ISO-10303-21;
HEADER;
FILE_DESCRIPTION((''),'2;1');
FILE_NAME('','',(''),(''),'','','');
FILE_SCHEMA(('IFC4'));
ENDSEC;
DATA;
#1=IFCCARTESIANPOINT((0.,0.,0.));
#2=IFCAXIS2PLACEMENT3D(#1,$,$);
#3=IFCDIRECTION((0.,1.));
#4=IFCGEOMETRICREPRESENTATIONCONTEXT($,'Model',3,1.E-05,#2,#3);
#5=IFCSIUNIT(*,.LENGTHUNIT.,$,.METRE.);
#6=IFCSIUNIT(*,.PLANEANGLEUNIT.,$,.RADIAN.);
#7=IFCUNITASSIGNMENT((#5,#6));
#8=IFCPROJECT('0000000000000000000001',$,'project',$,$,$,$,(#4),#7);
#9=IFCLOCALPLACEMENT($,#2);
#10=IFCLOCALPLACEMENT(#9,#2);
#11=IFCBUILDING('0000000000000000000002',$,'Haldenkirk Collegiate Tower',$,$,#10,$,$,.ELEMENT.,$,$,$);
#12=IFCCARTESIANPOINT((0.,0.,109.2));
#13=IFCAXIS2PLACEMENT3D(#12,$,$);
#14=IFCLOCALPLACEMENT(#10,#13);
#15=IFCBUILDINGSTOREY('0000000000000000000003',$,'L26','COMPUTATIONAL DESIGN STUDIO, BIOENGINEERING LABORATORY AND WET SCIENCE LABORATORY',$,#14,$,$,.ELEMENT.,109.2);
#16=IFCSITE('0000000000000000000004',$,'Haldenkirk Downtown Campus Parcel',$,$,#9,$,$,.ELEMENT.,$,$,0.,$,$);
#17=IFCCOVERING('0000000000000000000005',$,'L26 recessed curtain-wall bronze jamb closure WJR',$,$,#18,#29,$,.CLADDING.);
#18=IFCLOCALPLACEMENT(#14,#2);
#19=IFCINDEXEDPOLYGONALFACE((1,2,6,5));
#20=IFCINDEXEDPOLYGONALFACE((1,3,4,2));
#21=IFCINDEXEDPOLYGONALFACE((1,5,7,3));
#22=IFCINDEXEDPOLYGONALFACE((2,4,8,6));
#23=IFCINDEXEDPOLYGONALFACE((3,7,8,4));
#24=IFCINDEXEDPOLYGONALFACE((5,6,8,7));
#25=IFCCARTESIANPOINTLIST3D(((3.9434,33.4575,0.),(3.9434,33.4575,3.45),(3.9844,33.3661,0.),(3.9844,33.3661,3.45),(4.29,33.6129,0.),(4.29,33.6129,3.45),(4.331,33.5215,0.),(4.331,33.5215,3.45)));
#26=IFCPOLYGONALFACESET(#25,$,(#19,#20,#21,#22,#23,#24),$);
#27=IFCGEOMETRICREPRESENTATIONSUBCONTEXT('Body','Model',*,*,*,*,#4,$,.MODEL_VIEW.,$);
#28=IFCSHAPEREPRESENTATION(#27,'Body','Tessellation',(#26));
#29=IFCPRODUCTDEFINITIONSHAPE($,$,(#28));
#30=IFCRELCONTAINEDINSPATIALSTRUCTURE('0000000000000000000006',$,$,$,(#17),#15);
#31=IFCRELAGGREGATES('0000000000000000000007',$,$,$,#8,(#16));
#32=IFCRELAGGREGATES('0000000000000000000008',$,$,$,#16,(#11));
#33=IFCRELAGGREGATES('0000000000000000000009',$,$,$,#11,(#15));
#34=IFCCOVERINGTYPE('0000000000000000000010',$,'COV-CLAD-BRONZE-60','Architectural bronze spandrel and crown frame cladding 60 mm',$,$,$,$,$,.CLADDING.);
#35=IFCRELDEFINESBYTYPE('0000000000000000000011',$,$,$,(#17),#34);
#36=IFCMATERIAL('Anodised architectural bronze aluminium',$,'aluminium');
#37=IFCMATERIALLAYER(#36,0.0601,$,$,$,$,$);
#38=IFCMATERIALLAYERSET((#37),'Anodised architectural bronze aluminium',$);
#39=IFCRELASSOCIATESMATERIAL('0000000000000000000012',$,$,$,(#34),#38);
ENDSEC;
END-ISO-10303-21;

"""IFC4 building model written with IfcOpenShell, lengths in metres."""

from ifc_helpers import new_model, si_unit, direction, frame, origin, origin_2d, place, context, subcontext, project, spatial, rectangle, extrude, source, transform, mapped, material, layer, layer_set, type_object, element, save


model = new_model("IFC4")

# Units and contexts
model_context = context("Model", 3, precision=1e-05, world=origin(), true_north=direction((0.0, 1.0)))
body_context = subcontext(model_context, "Body", "Model", "MODEL_VIEW")
ifc_project = project(units=[si_unit("LENGTHUNIT", "METRE"), si_unit("PLANEANGLEUNIT", "RADIAN")], contexts=[model_context])

# Site, building, storey
site_placement = place(None, origin())
site = spatial("IfcSite", under=ifc_project, at=site_placement, Name="Haldenkirk Downtown Campus Parcel", CompositionType="ELEMENT", RefElevation=0.0)
building_placement = place(site_placement, origin())
building = spatial("IfcBuilding", under=site, at=building_placement, Name="Haldenkirk Collegiate Tower", CompositionType="ELEMENT")
storey_placement = place(building_placement, frame((0.0, 0.0, 109.2)))
storey = spatial("IfcBuildingStorey", under=building, at=storey_placement, Name="L26", Description="COMPUTATIONAL DESIGN STUDIO, BIOENGINEERING LABORATORY AND WET SCIENCE LABORATORY", CompositionType="ELEMENT", Elevation=109.2)

# Shared definitions
ifc_material_1 = material(Name="Anodised architectural bronze aluminium", Category="aluminium")

# Covering
ifc_layer_1 = layer(ifc_material_1, 0.0601)
ifc_layer_set_1 = layer_set([ifc_layer_1], Name="Anodised architectural bronze aluminium")
covering_type = type_object("IfcCoveringType", Name="COV-CLAD-BRONZE-60", Description="Architectural bronze spandrel and crown frame cladding 60 mm", PredefinedType="CLADDING", material=ifc_layer_set_1)
shared_shape_1 = source(origin(), body_context, "Body", "SweptSolid", [
    extrude(rectangle(XDim=0.1001, YDim=0.3799, at=origin_2d()), origin(), (0.0, 0.0, 1.0), 3.45),
])
covering_placement = place(storey_placement, frame((4.1372, 33.4895, 0.0), z_axis=(0.0, 0.0, 1.0), x_axis=(-0.409127, 0.912477, 0.0)))
element("IfcCovering", 1, at=covering_placement, inside=storey, type_object=covering_type, Name="L26 recessed curtain-wall bronze jamb closure WJR", PredefinedType="CLADDING", context=body_context, shape_type="MappedRepresentation", body=[
    mapped(shared_shape_1, transform((0.0, 0.0, 0.0), x_axis=(1.0, 0.0, 0.0), y_axis=(0.0, 1.0, 0.0), z_axis=(0.0, 0.0, 1.0), scale=1.0)),
])

save(model, "model.ifc")
